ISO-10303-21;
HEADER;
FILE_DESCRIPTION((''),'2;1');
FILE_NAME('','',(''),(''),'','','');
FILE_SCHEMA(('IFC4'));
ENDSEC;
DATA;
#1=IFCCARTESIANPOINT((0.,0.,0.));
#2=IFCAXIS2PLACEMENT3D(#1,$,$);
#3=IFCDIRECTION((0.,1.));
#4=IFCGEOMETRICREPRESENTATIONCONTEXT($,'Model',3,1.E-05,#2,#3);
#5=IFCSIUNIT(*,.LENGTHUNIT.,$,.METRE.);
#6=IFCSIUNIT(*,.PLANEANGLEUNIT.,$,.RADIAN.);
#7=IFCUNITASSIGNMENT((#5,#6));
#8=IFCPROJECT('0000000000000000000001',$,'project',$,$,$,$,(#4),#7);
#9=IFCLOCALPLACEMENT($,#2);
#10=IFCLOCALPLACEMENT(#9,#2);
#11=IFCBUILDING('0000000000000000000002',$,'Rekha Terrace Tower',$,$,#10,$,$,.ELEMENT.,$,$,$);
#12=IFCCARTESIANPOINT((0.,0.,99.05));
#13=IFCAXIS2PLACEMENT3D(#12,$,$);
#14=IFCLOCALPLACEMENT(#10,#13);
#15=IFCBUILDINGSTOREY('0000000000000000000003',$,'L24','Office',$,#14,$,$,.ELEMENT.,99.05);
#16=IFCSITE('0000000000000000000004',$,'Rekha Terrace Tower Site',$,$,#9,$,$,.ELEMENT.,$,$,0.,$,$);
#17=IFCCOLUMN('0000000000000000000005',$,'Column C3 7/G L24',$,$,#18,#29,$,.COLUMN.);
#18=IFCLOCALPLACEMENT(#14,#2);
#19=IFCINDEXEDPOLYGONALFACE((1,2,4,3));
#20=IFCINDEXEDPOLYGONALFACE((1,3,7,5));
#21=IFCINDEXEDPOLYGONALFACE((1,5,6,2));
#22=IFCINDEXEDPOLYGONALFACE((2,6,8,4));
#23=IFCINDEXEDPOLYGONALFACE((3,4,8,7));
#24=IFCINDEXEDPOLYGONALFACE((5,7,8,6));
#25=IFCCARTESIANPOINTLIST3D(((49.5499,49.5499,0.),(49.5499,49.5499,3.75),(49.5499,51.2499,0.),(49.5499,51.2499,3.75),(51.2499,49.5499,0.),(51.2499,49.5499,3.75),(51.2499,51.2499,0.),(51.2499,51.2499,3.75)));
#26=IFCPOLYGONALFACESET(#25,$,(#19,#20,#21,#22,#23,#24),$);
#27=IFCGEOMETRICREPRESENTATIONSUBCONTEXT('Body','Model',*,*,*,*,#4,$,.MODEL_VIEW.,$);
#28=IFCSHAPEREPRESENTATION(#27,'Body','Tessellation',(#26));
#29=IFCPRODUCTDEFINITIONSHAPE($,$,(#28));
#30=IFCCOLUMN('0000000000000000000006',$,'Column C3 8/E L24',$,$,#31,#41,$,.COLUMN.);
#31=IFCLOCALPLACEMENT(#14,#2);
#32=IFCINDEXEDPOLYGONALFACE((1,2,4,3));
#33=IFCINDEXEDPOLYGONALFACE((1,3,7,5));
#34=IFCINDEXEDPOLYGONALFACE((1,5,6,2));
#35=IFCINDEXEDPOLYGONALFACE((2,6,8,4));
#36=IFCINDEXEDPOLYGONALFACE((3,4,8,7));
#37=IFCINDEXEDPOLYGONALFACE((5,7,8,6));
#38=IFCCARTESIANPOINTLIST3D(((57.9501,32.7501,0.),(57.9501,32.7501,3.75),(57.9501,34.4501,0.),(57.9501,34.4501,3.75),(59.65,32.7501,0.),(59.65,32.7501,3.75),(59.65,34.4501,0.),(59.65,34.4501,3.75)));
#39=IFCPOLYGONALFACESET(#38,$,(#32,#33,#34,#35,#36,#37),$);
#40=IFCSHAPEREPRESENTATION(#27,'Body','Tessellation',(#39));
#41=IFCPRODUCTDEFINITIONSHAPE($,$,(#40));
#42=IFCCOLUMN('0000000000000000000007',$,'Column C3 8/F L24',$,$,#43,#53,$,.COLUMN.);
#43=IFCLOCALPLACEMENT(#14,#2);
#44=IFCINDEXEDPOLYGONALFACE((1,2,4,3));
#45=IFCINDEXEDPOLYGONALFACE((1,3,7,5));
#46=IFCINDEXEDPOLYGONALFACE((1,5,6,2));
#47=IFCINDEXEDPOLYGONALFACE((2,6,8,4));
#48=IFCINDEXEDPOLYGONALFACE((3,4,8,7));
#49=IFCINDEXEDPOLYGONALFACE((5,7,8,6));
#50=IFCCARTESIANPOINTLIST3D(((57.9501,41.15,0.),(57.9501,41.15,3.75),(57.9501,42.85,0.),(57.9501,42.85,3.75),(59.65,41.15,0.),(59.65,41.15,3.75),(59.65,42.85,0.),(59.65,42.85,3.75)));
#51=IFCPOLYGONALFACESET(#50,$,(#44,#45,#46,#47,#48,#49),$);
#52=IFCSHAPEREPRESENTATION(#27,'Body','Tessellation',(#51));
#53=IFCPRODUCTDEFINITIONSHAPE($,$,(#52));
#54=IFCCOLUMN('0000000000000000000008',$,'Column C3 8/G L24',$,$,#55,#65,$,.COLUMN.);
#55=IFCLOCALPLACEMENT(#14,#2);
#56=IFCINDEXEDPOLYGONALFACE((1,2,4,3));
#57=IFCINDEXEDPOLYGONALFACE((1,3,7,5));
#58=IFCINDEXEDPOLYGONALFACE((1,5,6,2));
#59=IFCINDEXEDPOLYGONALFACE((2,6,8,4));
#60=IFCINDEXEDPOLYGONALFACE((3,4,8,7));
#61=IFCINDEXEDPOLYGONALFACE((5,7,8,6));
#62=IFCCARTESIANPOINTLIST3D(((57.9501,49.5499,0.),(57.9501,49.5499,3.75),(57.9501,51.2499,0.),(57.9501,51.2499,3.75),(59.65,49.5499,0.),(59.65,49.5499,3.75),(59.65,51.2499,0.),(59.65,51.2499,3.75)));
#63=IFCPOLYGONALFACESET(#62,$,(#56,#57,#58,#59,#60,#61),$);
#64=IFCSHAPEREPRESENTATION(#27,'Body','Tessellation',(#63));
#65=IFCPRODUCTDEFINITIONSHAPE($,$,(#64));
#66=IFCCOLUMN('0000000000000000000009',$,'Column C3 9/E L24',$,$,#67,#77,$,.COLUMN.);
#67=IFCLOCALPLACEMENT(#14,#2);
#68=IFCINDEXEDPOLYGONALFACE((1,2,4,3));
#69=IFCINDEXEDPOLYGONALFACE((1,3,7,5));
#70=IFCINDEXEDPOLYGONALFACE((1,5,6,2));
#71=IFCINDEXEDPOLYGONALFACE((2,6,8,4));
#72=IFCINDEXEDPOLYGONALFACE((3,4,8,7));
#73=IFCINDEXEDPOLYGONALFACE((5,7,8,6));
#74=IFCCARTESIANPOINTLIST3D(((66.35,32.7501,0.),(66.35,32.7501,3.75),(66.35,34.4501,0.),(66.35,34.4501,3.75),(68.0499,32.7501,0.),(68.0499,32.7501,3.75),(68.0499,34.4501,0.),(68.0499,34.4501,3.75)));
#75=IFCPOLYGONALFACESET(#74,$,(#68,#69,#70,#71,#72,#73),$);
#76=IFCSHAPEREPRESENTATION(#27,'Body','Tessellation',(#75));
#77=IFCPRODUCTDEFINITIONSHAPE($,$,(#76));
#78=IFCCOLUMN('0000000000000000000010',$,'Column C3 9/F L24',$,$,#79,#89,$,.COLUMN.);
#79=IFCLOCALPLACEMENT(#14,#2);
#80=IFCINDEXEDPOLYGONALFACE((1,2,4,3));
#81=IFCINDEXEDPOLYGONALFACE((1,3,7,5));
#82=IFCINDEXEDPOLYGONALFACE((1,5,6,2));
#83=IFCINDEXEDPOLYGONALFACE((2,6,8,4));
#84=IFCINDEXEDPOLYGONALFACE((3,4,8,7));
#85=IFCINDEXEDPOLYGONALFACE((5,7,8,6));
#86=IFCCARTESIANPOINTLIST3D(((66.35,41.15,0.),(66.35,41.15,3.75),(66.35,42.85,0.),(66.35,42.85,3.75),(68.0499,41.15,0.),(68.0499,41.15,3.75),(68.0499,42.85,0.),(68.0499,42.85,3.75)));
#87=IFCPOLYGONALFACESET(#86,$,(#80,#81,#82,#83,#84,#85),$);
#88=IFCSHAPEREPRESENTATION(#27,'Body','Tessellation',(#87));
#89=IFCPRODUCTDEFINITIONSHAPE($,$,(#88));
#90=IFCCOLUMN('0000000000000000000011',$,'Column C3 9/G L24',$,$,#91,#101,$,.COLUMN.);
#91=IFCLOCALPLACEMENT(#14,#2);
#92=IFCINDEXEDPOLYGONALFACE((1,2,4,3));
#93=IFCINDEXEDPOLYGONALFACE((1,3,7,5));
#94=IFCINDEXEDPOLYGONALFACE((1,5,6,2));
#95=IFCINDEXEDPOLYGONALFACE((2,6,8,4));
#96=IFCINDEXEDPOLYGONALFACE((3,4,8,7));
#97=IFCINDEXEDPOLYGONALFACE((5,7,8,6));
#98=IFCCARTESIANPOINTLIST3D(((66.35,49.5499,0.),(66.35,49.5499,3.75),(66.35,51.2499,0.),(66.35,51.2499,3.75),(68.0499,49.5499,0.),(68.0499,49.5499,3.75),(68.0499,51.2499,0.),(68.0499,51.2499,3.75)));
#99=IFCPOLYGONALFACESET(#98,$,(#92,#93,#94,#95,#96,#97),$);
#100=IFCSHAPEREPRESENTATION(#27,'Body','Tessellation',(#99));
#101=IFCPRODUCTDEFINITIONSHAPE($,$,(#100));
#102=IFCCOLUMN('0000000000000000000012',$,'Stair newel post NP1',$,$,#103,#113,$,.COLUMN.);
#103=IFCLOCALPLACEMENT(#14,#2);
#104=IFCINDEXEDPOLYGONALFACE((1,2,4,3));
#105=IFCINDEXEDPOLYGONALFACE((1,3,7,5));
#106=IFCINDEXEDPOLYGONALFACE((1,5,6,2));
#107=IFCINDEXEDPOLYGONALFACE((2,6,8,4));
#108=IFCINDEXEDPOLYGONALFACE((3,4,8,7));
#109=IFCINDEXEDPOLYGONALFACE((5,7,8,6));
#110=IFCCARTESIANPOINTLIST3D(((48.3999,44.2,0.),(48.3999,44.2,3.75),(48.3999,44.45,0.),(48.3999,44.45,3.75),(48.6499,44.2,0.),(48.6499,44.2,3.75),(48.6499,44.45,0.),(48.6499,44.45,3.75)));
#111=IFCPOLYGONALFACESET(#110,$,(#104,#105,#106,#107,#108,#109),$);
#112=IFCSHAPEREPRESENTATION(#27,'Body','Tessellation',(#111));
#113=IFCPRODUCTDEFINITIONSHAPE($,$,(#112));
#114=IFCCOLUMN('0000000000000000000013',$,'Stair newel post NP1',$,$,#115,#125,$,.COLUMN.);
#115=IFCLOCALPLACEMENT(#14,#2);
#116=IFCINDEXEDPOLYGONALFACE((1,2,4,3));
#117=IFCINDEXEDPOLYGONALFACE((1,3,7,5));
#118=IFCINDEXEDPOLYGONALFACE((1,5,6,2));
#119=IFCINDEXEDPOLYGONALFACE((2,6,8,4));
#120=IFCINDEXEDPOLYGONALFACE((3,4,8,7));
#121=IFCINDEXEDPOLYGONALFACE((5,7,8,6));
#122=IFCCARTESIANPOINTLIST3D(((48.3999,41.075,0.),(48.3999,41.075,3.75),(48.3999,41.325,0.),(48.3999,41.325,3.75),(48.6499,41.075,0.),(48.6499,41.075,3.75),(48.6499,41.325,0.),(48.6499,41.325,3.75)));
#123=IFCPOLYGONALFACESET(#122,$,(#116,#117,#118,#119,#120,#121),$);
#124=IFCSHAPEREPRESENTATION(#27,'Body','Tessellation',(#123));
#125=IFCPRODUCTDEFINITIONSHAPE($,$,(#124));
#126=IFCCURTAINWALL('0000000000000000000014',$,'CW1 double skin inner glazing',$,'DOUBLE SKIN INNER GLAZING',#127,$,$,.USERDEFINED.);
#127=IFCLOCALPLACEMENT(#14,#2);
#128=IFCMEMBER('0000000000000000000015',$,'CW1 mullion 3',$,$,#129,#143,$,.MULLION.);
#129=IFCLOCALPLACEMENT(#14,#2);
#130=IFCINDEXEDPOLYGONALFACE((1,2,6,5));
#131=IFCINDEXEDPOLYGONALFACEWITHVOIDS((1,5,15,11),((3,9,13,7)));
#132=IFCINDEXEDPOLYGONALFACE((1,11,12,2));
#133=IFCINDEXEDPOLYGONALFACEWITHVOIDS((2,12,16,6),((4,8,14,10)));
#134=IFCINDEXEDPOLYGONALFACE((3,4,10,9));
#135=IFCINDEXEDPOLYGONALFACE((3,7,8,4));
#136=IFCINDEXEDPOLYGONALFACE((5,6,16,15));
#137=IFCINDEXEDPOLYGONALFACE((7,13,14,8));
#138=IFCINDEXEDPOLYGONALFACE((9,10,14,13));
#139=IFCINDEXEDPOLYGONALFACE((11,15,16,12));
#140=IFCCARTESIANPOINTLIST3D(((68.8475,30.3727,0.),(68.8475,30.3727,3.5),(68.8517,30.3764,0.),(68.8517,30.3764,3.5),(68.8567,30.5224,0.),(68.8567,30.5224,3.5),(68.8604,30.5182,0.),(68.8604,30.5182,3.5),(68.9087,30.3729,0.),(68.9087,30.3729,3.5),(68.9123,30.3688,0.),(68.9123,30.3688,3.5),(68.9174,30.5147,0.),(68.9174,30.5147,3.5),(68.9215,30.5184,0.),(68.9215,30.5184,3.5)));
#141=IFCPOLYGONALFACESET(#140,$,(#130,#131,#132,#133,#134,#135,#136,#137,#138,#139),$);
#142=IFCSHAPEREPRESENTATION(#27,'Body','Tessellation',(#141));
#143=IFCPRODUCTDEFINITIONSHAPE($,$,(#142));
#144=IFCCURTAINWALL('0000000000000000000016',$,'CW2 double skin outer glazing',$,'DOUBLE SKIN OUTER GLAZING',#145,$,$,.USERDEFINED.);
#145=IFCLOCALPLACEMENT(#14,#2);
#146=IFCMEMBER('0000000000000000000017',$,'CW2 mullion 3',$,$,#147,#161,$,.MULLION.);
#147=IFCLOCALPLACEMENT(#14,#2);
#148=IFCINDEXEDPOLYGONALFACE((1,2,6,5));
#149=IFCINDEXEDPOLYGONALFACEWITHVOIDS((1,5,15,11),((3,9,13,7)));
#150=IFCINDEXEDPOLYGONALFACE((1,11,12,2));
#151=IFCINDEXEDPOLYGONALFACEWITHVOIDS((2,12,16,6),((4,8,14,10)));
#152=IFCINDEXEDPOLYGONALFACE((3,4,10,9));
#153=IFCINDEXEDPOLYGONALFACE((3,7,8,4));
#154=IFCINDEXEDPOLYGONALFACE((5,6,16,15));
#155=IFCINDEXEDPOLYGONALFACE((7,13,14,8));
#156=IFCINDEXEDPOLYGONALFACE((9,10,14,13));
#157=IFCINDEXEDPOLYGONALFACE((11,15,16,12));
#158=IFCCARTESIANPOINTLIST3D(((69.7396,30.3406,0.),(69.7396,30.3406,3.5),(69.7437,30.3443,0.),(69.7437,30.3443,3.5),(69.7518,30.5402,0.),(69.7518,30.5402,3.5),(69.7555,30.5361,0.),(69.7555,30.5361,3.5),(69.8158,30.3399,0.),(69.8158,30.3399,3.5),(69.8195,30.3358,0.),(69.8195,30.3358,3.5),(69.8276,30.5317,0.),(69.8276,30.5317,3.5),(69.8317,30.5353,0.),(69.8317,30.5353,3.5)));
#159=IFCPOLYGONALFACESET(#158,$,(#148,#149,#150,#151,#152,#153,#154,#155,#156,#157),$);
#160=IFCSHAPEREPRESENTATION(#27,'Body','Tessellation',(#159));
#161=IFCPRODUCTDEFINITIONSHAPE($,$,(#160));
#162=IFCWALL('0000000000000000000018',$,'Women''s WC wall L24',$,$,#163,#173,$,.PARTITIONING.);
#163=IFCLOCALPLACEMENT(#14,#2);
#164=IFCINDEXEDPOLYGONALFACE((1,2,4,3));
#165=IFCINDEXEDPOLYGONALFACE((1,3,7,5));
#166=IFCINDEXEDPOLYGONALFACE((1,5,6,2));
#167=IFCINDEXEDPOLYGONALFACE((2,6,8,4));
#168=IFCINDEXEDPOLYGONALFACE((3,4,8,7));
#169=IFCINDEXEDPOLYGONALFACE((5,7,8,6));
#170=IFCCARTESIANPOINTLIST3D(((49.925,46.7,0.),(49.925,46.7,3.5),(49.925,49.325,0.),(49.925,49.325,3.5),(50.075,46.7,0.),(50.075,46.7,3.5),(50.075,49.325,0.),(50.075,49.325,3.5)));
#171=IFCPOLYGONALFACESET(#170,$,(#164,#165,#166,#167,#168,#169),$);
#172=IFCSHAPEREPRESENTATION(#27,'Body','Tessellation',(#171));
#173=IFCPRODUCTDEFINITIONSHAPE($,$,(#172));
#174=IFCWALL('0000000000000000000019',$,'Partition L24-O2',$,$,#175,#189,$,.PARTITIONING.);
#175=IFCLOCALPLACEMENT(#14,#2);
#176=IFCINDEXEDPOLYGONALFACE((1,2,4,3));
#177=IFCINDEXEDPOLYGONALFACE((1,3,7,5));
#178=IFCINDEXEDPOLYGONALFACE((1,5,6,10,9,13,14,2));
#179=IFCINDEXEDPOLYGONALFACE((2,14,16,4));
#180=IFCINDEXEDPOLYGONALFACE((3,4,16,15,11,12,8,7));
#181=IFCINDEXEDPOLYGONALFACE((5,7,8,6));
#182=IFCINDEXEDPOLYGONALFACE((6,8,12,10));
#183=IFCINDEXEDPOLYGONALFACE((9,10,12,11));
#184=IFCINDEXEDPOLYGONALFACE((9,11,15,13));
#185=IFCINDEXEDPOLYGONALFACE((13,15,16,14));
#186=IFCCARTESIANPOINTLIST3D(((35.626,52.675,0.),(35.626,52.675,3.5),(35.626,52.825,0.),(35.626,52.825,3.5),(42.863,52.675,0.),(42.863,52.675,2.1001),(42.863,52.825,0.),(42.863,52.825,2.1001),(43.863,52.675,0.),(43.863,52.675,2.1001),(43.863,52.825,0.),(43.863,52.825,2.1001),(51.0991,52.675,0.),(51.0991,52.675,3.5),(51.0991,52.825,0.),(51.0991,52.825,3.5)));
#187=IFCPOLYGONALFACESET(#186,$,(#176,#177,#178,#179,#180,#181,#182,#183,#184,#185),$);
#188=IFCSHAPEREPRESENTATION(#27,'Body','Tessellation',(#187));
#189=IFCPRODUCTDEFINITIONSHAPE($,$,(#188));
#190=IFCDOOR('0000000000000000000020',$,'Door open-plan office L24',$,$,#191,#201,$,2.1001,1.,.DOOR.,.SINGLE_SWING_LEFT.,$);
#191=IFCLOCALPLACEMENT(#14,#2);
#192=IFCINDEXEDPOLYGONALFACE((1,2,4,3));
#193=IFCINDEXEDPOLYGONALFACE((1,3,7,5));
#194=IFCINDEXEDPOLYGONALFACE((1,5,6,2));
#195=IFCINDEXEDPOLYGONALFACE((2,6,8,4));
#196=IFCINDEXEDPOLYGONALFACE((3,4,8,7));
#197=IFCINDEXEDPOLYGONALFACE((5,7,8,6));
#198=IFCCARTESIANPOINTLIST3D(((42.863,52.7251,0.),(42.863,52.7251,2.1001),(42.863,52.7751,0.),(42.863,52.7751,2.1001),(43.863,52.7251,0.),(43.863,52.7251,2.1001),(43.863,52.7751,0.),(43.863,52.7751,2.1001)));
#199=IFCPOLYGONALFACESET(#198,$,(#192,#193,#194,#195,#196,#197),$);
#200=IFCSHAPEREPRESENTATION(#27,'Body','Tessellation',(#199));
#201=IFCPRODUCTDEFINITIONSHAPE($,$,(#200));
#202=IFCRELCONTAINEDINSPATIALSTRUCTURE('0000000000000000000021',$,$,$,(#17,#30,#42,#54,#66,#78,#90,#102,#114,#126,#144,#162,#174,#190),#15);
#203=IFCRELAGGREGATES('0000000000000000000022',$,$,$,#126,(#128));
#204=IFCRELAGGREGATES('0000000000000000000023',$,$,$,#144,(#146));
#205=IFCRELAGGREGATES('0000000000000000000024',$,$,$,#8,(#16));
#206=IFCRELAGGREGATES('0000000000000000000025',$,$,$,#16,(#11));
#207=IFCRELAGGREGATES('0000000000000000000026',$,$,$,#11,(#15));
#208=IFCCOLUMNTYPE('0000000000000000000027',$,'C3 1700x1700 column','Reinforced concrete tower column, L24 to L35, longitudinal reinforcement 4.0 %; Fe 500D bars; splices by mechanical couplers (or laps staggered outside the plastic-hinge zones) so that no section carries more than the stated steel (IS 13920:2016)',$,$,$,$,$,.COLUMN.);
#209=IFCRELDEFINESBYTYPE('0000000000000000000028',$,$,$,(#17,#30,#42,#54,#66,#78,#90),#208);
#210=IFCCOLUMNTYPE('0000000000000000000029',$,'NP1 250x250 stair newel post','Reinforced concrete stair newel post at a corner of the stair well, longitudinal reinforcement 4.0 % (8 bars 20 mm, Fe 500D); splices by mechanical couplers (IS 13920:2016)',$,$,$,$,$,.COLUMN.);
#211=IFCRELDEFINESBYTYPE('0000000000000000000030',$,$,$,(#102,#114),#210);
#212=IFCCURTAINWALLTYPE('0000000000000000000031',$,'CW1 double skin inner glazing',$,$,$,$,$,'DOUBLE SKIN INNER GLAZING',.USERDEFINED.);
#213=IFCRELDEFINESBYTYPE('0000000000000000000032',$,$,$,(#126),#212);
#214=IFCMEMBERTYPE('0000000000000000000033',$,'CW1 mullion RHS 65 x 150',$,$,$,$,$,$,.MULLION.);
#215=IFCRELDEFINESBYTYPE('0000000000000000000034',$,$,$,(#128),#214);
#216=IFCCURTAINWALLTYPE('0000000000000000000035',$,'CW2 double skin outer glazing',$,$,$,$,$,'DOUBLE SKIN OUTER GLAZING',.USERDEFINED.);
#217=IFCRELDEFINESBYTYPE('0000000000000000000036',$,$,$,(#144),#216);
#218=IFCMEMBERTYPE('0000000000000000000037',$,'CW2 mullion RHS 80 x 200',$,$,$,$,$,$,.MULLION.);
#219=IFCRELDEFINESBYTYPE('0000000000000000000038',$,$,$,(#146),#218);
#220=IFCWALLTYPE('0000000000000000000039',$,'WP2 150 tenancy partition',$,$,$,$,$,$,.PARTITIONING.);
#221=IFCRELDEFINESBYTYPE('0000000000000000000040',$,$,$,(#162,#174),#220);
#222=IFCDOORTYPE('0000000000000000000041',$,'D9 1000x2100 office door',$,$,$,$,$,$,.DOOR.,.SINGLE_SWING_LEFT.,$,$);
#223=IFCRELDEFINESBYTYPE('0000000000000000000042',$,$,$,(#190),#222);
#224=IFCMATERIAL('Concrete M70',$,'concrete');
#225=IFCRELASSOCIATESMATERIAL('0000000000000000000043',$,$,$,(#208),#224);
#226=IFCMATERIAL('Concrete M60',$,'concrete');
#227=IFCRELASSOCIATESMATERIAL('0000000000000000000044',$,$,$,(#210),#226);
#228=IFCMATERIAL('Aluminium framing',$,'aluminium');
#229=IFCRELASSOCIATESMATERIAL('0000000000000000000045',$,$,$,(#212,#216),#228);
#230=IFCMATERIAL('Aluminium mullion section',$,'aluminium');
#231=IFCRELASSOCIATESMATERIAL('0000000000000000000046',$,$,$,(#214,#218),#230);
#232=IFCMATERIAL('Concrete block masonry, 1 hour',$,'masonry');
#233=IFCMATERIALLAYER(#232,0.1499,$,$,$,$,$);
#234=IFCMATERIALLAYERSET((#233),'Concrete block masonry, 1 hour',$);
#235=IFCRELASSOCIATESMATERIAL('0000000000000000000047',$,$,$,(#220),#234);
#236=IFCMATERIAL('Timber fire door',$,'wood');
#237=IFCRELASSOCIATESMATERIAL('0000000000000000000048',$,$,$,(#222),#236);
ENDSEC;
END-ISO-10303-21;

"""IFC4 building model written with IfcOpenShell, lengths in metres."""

from ifc_helpers import new_model, si_unit, direction, frame, frame_2d, origin, origin_2d, place, context, subcontext, project, spatial, rectangle, hollow_rectangle, extrude, material, layer, layer_set, material_profile, profile_set, type_object, element, fill, aggregate, save


model = new_model("IFC4")

# Units and contexts
model_context = context("Model", 3, precision=1e-05, world=origin(), true_north=direction((0.0, 1.0)))
body_context = subcontext(model_context, "Body", "Model", "MODEL_VIEW")
ifc_project = project(units=[si_unit("LENGTHUNIT", "METRE"), si_unit("PLANEANGLEUNIT", "RADIAN")], contexts=[model_context])

# Site, building, storey
site_placement = place(None, origin())
site = spatial("IfcSite", under=ifc_project, at=site_placement, Name="Rekha Terrace Tower Site", CompositionType="ELEMENT", RefElevation=0.0)
building_placement = place(site_placement, origin())
building = spatial("IfcBuilding", under=site, at=building_placement, Name="Rekha Terrace Tower", CompositionType="ELEMENT")
storey_placement = place(building_placement, frame((0.0, 0.0, 99.05)))
storey = spatial("IfcBuildingStorey", under=building, at=storey_placement, Name="L24", Description="Office", CompositionType="ELEMENT", Elevation=99.05)

# Columns
ifc_material_1 = material(Name="Concrete M70", Category="concrete")
ifc_material_profile_1 = material_profile(ifc_material_1, rectangle(XDim=1.7, YDim=1.7, at=origin_2d()), Name="RC 1700x1700")
ifc_profile_set_1 = profile_set([ifc_material_profile_1], Name="Concrete M70")
column_type_1 = type_object("IfcColumnType", Name="C3 1700x1700 column", Description="Reinforced concrete tower column, L24 to L35, longitudinal reinforcement 4.0 %; Fe 500D bars; splices by mechanical couplers (or laps staggered outside the plastic-hinge zones) so that no section carries more than the stated steel (IS 13920:2016)", PredefinedType="COLUMN", material=ifc_profile_set_1)
for number, where, z_axis, x_axis, name in (
    (1, (50.3999, 50.3999, 0.0), (0.0, 0.0, 1.0), (1.0, 0.0, 0.0), "Column C3 7/G L24"),
    (2, (58.8, 33.6001, 0.0), (0.0, 0.0, 1.0), (1.0, 0.0, 0.0), "Column C3 8/E L24"),
    (3, (58.8, 42.0, 0.0), (0.0, 0.0, 1.0), (1.0, 0.0, 0.0), "Column C3 8/F L24"),
    (4, (58.8, 50.3999, 0.0), (0.0, 0.0, 1.0), (1.0, 0.0, 0.0), "Column C3 8/G L24"),
    (5, (67.2, 33.6001, 0.0), (0.0, 0.0, 1.0), (1.0, 0.0, 0.0), "Column C3 9/E L24"),
    (6, (67.2, 42.0, 0.0), (0.0, 0.0, 1.0), (1.0, 0.0, 0.0), "Column C3 9/F L24"),
    (7, (67.2, 50.3999, 0.0), (0.0, 0.0, 1.0), (1.0, 0.0, 0.0), "Column C3 9/G L24"),
):
    element("IfcColumn", number, at=place(storey_placement, frame(where, z_axis=z_axis, x_axis=x_axis)), inside=storey, type_object=column_type_1, Name=name, PredefinedType="COLUMN", context=body_context, shape_type="SweptSolid", body=[
        extrude(rectangle(XDim=1.7, YDim=1.7, at=origin_2d()), origin(), (0.0, 0.0, 1.0), 3.75),
    ])
ifc_material_2 = material(Name="Concrete M60", Category="concrete")
ifc_material_profile_2 = material_profile(ifc_material_2, rectangle(XDim=0.25, YDim=0.25, at=origin_2d()), Name="RC 250x250")
ifc_profile_set_2 = profile_set([ifc_material_profile_2], Name="Concrete M60")
column_type_2 = type_object("IfcColumnType", Name="NP1 250x250 stair newel post", Description="Reinforced concrete stair newel post at a corner of the stair well, longitudinal reinforcement 4.0 % (8 bars 20 mm, Fe 500D); splices by mechanical couplers (IS 13920:2016)", PredefinedType="COLUMN", material=ifc_profile_set_2)
for number, where, z_axis, x_axis, name in (
    (8, (48.5249, 44.325, 0.0), (0.0, 0.0, 1.0), (1.0, 0.0, 0.0), "Stair newel post NP1"),
    (9, (48.5249, 41.2, 0.0), (0.0, 0.0, 1.0), (1.0, 0.0, 0.0), "Stair newel post NP1"),
):
    element("IfcColumn", number, at=place(storey_placement, frame(where, z_axis=z_axis, x_axis=x_axis)), inside=storey, type_object=column_type_2, Name=name, PredefinedType="COLUMN", context=body_context, shape_type="SweptSolid", body=[
        extrude(rectangle(XDim=0.25, YDim=0.25, at=origin_2d()), origin(), (0.0, 0.0, 1.0), 3.75),
    ])

# Curtain walls, members
ifc_material_3 = material(Name="Aluminium framing", Category="aluminium")
curtain_wall_type_1 = type_object("IfcCurtainWallType", Name="CW1 double skin inner glazing", ElementType="DOUBLE SKIN INNER GLAZING", PredefinedType="USERDEFINED", material=ifc_material_3)
curtain_wall_1_placement = place(storey_placement, origin())
curtain_wall_1 = element("IfcCurtainWall", 10, at=curtain_wall_1_placement, inside=storey, type_object=curtain_wall_type_1, Name="CW1 double skin inner glazing", ObjectType="DOUBLE SKIN INNER GLAZING", PredefinedType="USERDEFINED")
ifc_material_4 = material(Name="Aluminium mullion section", Category="aluminium")
ifc_material_profile_3 = material_profile(ifc_material_4, hollow_rectangle(XDim=0.0649, YDim=0.1499, WallThickness=0.0039, at=origin_2d()), Name="AL RHS 65x150")
ifc_profile_set_3 = profile_set([ifc_material_profile_3], Name="Aluminium mullion section")
member_type_1 = type_object("IfcMemberType", Name="CW1 mullion RHS 65 x 150", PredefinedType="MULLION", material=ifc_profile_set_3)
member_1_placement = place(storey_placement, frame((68.8845, 30.4456, 0.0), z_axis=(0.0, 0.0, 1.0), x_axis=(-0.998128, 0.06116, 0.0)))
member_1 = element("IfcMember", 11, at=member_1_placement, type_object=member_type_1, Name="CW1 mullion 3", PredefinedType="MULLION", context=body_context, shape_type="SweptSolid", body=[
    extrude(hollow_rectangle(XDim=0.0649, YDim=0.1499, WallThickness=0.0039, at=origin_2d()), origin(), (0.0, 0.0, 1.0), 3.5),
])
aggregate(curtain_wall_1, [member_1])
curtain_wall_type_2 = type_object("IfcCurtainWallType", Name="CW2 double skin outer glazing", ElementType="DOUBLE SKIN OUTER GLAZING", PredefinedType="USERDEFINED", material=ifc_material_3)
curtain_wall_2_placement = place(storey_placement, origin())
curtain_wall_2 = element("IfcCurtainWall", 12, at=curtain_wall_2_placement, inside=storey, type_object=curtain_wall_type_2, Name="CW2 double skin outer glazing", ObjectType="DOUBLE SKIN OUTER GLAZING", PredefinedType="USERDEFINED")
ifc_material_profile_4 = material_profile(ifc_material_4, hollow_rectangle(XDim=0.0801, YDim=0.2, WallThickness=0.0039, at=origin_2d()), Name="AL RHS 80x200")
ifc_profile_set_4 = profile_set([ifc_material_profile_4], Name="Aluminium mullion section")
member_type_2 = type_object("IfcMemberType", Name="CW2 mullion RHS 80 x 200", PredefinedType="MULLION", material=ifc_profile_set_4)
member_2_placement = place(storey_placement, frame((69.7856, 30.438, 0.0), z_axis=(0.0, 0.0, 1.0), x_axis=(-0.998128, 0.06116, 0.0)))
member_2 = element("IfcMember", 13, at=member_2_placement, type_object=member_type_2, Name="CW2 mullion 3", PredefinedType="MULLION", context=body_context, shape_type="SweptSolid", body=[
    extrude(hollow_rectangle(XDim=0.0801, YDim=0.2, WallThickness=0.0039, at=origin_2d()), origin(), (0.0, 0.0, 1.0), 3.5),
])
aggregate(curtain_wall_2, [member_2])

# Wall
ifc_material_5 = material(Name="Concrete block masonry, 1 hour", Category="masonry")
ifc_layer_1 = layer(ifc_material_5, 0.1499)
ifc_layer_set_1 = layer_set([ifc_layer_1], Name="Concrete block masonry, 1 hour")
wall_type_1 = type_object("IfcWallType", Name="WP2 150 tenancy partition", PredefinedType="PARTITIONING", material=ifc_layer_set_1)
wall_1_placement = place(storey_placement, frame((50.0, 46.7, 0.0), z_axis=(0.0, 0.0, 1.0), x_axis=(0.0, 1.0, 0.0)))
element("IfcWall", 14, at=wall_1_placement, inside=storey, type_object=wall_type_1, Name="Women's WC wall L24", PredefinedType="PARTITIONING", context=body_context, shape_type="SweptSolid", body=[
    extrude(rectangle(XDim=2.625, YDim=0.1499, at=frame_2d((1.3125, 0.0))), origin(), (0.0, 0.0, 1.0), 3.5),
])

# Wall, opening, door
wall_2_placement = place(storey_placement, frame((51.0991, 52.75, 0.0), z_axis=(0.0, 0.0, 1.0), x_axis=(-1.0, 0.0, 0.0)))
wall_2 = element("IfcWall", 15, at=wall_2_placement, inside=storey, type_object=wall_type_1, Name="Partition L24-O2", PredefinedType="PARTITIONING", context=body_context, shape_type="SweptSolid", body=[
    extrude(rectangle(XDim=15.4731, YDim=0.1499, at=frame_2d((7.7366, 0.0))), origin(), (0.0, 0.0, 1.0), 3.5),
])
opening_1_placement = place(wall_2_placement, frame((7.2361, 0.0, 0.0)))
opening_1 = element("IfcOpeningElement", 16, at=opening_1_placement, cuts=wall_2, PredefinedType="OPENING", context=body_context, shape_type="SweptSolid", body=[
    extrude(rectangle(XDim=1.0, YDim=2.1001, at=frame_2d((0.5, 1.05))), frame((0.0, 0.085, 0.0), z_axis=(0.0, -1.0, 0.0), x_axis=(1.0, 0.0, 0.0)), (0.0, 0.0, 1.0), 0.1699),
])
ifc_material_6 = material(Name="Timber fire door", Category="wood")
door_type_1 = type_object("IfcDoorType", Name="D9 1000x2100 office door", OperationType="SINGLE_SWING_LEFT", PredefinedType="DOOR", material=ifc_material_6)
door_1_placement = place(opening_1_placement, origin())
door_1 = element("IfcDoor", 17, at=door_1_placement, inside=storey, type_object=door_type_1, Name="Door open-plan office L24", OperationType="SINGLE_SWING_LEFT", OverallHeight=2.1001, OverallWidth=1.0, PredefinedType="DOOR", context=body_context, shape_type="SweptSolid", body=[
    extrude(rectangle(XDim=1.0, YDim=2.1001, at=frame_2d((0.5, 1.05))), frame((0.0, 0.0249, 0.0), z_axis=(0.0, -1.0, 0.0), x_axis=(1.0, 0.0, 0.0)), (0.0, 0.0, 1.0), 0.05),
])
fill(opening_1, door_1)

save(model, "model.ifc")
